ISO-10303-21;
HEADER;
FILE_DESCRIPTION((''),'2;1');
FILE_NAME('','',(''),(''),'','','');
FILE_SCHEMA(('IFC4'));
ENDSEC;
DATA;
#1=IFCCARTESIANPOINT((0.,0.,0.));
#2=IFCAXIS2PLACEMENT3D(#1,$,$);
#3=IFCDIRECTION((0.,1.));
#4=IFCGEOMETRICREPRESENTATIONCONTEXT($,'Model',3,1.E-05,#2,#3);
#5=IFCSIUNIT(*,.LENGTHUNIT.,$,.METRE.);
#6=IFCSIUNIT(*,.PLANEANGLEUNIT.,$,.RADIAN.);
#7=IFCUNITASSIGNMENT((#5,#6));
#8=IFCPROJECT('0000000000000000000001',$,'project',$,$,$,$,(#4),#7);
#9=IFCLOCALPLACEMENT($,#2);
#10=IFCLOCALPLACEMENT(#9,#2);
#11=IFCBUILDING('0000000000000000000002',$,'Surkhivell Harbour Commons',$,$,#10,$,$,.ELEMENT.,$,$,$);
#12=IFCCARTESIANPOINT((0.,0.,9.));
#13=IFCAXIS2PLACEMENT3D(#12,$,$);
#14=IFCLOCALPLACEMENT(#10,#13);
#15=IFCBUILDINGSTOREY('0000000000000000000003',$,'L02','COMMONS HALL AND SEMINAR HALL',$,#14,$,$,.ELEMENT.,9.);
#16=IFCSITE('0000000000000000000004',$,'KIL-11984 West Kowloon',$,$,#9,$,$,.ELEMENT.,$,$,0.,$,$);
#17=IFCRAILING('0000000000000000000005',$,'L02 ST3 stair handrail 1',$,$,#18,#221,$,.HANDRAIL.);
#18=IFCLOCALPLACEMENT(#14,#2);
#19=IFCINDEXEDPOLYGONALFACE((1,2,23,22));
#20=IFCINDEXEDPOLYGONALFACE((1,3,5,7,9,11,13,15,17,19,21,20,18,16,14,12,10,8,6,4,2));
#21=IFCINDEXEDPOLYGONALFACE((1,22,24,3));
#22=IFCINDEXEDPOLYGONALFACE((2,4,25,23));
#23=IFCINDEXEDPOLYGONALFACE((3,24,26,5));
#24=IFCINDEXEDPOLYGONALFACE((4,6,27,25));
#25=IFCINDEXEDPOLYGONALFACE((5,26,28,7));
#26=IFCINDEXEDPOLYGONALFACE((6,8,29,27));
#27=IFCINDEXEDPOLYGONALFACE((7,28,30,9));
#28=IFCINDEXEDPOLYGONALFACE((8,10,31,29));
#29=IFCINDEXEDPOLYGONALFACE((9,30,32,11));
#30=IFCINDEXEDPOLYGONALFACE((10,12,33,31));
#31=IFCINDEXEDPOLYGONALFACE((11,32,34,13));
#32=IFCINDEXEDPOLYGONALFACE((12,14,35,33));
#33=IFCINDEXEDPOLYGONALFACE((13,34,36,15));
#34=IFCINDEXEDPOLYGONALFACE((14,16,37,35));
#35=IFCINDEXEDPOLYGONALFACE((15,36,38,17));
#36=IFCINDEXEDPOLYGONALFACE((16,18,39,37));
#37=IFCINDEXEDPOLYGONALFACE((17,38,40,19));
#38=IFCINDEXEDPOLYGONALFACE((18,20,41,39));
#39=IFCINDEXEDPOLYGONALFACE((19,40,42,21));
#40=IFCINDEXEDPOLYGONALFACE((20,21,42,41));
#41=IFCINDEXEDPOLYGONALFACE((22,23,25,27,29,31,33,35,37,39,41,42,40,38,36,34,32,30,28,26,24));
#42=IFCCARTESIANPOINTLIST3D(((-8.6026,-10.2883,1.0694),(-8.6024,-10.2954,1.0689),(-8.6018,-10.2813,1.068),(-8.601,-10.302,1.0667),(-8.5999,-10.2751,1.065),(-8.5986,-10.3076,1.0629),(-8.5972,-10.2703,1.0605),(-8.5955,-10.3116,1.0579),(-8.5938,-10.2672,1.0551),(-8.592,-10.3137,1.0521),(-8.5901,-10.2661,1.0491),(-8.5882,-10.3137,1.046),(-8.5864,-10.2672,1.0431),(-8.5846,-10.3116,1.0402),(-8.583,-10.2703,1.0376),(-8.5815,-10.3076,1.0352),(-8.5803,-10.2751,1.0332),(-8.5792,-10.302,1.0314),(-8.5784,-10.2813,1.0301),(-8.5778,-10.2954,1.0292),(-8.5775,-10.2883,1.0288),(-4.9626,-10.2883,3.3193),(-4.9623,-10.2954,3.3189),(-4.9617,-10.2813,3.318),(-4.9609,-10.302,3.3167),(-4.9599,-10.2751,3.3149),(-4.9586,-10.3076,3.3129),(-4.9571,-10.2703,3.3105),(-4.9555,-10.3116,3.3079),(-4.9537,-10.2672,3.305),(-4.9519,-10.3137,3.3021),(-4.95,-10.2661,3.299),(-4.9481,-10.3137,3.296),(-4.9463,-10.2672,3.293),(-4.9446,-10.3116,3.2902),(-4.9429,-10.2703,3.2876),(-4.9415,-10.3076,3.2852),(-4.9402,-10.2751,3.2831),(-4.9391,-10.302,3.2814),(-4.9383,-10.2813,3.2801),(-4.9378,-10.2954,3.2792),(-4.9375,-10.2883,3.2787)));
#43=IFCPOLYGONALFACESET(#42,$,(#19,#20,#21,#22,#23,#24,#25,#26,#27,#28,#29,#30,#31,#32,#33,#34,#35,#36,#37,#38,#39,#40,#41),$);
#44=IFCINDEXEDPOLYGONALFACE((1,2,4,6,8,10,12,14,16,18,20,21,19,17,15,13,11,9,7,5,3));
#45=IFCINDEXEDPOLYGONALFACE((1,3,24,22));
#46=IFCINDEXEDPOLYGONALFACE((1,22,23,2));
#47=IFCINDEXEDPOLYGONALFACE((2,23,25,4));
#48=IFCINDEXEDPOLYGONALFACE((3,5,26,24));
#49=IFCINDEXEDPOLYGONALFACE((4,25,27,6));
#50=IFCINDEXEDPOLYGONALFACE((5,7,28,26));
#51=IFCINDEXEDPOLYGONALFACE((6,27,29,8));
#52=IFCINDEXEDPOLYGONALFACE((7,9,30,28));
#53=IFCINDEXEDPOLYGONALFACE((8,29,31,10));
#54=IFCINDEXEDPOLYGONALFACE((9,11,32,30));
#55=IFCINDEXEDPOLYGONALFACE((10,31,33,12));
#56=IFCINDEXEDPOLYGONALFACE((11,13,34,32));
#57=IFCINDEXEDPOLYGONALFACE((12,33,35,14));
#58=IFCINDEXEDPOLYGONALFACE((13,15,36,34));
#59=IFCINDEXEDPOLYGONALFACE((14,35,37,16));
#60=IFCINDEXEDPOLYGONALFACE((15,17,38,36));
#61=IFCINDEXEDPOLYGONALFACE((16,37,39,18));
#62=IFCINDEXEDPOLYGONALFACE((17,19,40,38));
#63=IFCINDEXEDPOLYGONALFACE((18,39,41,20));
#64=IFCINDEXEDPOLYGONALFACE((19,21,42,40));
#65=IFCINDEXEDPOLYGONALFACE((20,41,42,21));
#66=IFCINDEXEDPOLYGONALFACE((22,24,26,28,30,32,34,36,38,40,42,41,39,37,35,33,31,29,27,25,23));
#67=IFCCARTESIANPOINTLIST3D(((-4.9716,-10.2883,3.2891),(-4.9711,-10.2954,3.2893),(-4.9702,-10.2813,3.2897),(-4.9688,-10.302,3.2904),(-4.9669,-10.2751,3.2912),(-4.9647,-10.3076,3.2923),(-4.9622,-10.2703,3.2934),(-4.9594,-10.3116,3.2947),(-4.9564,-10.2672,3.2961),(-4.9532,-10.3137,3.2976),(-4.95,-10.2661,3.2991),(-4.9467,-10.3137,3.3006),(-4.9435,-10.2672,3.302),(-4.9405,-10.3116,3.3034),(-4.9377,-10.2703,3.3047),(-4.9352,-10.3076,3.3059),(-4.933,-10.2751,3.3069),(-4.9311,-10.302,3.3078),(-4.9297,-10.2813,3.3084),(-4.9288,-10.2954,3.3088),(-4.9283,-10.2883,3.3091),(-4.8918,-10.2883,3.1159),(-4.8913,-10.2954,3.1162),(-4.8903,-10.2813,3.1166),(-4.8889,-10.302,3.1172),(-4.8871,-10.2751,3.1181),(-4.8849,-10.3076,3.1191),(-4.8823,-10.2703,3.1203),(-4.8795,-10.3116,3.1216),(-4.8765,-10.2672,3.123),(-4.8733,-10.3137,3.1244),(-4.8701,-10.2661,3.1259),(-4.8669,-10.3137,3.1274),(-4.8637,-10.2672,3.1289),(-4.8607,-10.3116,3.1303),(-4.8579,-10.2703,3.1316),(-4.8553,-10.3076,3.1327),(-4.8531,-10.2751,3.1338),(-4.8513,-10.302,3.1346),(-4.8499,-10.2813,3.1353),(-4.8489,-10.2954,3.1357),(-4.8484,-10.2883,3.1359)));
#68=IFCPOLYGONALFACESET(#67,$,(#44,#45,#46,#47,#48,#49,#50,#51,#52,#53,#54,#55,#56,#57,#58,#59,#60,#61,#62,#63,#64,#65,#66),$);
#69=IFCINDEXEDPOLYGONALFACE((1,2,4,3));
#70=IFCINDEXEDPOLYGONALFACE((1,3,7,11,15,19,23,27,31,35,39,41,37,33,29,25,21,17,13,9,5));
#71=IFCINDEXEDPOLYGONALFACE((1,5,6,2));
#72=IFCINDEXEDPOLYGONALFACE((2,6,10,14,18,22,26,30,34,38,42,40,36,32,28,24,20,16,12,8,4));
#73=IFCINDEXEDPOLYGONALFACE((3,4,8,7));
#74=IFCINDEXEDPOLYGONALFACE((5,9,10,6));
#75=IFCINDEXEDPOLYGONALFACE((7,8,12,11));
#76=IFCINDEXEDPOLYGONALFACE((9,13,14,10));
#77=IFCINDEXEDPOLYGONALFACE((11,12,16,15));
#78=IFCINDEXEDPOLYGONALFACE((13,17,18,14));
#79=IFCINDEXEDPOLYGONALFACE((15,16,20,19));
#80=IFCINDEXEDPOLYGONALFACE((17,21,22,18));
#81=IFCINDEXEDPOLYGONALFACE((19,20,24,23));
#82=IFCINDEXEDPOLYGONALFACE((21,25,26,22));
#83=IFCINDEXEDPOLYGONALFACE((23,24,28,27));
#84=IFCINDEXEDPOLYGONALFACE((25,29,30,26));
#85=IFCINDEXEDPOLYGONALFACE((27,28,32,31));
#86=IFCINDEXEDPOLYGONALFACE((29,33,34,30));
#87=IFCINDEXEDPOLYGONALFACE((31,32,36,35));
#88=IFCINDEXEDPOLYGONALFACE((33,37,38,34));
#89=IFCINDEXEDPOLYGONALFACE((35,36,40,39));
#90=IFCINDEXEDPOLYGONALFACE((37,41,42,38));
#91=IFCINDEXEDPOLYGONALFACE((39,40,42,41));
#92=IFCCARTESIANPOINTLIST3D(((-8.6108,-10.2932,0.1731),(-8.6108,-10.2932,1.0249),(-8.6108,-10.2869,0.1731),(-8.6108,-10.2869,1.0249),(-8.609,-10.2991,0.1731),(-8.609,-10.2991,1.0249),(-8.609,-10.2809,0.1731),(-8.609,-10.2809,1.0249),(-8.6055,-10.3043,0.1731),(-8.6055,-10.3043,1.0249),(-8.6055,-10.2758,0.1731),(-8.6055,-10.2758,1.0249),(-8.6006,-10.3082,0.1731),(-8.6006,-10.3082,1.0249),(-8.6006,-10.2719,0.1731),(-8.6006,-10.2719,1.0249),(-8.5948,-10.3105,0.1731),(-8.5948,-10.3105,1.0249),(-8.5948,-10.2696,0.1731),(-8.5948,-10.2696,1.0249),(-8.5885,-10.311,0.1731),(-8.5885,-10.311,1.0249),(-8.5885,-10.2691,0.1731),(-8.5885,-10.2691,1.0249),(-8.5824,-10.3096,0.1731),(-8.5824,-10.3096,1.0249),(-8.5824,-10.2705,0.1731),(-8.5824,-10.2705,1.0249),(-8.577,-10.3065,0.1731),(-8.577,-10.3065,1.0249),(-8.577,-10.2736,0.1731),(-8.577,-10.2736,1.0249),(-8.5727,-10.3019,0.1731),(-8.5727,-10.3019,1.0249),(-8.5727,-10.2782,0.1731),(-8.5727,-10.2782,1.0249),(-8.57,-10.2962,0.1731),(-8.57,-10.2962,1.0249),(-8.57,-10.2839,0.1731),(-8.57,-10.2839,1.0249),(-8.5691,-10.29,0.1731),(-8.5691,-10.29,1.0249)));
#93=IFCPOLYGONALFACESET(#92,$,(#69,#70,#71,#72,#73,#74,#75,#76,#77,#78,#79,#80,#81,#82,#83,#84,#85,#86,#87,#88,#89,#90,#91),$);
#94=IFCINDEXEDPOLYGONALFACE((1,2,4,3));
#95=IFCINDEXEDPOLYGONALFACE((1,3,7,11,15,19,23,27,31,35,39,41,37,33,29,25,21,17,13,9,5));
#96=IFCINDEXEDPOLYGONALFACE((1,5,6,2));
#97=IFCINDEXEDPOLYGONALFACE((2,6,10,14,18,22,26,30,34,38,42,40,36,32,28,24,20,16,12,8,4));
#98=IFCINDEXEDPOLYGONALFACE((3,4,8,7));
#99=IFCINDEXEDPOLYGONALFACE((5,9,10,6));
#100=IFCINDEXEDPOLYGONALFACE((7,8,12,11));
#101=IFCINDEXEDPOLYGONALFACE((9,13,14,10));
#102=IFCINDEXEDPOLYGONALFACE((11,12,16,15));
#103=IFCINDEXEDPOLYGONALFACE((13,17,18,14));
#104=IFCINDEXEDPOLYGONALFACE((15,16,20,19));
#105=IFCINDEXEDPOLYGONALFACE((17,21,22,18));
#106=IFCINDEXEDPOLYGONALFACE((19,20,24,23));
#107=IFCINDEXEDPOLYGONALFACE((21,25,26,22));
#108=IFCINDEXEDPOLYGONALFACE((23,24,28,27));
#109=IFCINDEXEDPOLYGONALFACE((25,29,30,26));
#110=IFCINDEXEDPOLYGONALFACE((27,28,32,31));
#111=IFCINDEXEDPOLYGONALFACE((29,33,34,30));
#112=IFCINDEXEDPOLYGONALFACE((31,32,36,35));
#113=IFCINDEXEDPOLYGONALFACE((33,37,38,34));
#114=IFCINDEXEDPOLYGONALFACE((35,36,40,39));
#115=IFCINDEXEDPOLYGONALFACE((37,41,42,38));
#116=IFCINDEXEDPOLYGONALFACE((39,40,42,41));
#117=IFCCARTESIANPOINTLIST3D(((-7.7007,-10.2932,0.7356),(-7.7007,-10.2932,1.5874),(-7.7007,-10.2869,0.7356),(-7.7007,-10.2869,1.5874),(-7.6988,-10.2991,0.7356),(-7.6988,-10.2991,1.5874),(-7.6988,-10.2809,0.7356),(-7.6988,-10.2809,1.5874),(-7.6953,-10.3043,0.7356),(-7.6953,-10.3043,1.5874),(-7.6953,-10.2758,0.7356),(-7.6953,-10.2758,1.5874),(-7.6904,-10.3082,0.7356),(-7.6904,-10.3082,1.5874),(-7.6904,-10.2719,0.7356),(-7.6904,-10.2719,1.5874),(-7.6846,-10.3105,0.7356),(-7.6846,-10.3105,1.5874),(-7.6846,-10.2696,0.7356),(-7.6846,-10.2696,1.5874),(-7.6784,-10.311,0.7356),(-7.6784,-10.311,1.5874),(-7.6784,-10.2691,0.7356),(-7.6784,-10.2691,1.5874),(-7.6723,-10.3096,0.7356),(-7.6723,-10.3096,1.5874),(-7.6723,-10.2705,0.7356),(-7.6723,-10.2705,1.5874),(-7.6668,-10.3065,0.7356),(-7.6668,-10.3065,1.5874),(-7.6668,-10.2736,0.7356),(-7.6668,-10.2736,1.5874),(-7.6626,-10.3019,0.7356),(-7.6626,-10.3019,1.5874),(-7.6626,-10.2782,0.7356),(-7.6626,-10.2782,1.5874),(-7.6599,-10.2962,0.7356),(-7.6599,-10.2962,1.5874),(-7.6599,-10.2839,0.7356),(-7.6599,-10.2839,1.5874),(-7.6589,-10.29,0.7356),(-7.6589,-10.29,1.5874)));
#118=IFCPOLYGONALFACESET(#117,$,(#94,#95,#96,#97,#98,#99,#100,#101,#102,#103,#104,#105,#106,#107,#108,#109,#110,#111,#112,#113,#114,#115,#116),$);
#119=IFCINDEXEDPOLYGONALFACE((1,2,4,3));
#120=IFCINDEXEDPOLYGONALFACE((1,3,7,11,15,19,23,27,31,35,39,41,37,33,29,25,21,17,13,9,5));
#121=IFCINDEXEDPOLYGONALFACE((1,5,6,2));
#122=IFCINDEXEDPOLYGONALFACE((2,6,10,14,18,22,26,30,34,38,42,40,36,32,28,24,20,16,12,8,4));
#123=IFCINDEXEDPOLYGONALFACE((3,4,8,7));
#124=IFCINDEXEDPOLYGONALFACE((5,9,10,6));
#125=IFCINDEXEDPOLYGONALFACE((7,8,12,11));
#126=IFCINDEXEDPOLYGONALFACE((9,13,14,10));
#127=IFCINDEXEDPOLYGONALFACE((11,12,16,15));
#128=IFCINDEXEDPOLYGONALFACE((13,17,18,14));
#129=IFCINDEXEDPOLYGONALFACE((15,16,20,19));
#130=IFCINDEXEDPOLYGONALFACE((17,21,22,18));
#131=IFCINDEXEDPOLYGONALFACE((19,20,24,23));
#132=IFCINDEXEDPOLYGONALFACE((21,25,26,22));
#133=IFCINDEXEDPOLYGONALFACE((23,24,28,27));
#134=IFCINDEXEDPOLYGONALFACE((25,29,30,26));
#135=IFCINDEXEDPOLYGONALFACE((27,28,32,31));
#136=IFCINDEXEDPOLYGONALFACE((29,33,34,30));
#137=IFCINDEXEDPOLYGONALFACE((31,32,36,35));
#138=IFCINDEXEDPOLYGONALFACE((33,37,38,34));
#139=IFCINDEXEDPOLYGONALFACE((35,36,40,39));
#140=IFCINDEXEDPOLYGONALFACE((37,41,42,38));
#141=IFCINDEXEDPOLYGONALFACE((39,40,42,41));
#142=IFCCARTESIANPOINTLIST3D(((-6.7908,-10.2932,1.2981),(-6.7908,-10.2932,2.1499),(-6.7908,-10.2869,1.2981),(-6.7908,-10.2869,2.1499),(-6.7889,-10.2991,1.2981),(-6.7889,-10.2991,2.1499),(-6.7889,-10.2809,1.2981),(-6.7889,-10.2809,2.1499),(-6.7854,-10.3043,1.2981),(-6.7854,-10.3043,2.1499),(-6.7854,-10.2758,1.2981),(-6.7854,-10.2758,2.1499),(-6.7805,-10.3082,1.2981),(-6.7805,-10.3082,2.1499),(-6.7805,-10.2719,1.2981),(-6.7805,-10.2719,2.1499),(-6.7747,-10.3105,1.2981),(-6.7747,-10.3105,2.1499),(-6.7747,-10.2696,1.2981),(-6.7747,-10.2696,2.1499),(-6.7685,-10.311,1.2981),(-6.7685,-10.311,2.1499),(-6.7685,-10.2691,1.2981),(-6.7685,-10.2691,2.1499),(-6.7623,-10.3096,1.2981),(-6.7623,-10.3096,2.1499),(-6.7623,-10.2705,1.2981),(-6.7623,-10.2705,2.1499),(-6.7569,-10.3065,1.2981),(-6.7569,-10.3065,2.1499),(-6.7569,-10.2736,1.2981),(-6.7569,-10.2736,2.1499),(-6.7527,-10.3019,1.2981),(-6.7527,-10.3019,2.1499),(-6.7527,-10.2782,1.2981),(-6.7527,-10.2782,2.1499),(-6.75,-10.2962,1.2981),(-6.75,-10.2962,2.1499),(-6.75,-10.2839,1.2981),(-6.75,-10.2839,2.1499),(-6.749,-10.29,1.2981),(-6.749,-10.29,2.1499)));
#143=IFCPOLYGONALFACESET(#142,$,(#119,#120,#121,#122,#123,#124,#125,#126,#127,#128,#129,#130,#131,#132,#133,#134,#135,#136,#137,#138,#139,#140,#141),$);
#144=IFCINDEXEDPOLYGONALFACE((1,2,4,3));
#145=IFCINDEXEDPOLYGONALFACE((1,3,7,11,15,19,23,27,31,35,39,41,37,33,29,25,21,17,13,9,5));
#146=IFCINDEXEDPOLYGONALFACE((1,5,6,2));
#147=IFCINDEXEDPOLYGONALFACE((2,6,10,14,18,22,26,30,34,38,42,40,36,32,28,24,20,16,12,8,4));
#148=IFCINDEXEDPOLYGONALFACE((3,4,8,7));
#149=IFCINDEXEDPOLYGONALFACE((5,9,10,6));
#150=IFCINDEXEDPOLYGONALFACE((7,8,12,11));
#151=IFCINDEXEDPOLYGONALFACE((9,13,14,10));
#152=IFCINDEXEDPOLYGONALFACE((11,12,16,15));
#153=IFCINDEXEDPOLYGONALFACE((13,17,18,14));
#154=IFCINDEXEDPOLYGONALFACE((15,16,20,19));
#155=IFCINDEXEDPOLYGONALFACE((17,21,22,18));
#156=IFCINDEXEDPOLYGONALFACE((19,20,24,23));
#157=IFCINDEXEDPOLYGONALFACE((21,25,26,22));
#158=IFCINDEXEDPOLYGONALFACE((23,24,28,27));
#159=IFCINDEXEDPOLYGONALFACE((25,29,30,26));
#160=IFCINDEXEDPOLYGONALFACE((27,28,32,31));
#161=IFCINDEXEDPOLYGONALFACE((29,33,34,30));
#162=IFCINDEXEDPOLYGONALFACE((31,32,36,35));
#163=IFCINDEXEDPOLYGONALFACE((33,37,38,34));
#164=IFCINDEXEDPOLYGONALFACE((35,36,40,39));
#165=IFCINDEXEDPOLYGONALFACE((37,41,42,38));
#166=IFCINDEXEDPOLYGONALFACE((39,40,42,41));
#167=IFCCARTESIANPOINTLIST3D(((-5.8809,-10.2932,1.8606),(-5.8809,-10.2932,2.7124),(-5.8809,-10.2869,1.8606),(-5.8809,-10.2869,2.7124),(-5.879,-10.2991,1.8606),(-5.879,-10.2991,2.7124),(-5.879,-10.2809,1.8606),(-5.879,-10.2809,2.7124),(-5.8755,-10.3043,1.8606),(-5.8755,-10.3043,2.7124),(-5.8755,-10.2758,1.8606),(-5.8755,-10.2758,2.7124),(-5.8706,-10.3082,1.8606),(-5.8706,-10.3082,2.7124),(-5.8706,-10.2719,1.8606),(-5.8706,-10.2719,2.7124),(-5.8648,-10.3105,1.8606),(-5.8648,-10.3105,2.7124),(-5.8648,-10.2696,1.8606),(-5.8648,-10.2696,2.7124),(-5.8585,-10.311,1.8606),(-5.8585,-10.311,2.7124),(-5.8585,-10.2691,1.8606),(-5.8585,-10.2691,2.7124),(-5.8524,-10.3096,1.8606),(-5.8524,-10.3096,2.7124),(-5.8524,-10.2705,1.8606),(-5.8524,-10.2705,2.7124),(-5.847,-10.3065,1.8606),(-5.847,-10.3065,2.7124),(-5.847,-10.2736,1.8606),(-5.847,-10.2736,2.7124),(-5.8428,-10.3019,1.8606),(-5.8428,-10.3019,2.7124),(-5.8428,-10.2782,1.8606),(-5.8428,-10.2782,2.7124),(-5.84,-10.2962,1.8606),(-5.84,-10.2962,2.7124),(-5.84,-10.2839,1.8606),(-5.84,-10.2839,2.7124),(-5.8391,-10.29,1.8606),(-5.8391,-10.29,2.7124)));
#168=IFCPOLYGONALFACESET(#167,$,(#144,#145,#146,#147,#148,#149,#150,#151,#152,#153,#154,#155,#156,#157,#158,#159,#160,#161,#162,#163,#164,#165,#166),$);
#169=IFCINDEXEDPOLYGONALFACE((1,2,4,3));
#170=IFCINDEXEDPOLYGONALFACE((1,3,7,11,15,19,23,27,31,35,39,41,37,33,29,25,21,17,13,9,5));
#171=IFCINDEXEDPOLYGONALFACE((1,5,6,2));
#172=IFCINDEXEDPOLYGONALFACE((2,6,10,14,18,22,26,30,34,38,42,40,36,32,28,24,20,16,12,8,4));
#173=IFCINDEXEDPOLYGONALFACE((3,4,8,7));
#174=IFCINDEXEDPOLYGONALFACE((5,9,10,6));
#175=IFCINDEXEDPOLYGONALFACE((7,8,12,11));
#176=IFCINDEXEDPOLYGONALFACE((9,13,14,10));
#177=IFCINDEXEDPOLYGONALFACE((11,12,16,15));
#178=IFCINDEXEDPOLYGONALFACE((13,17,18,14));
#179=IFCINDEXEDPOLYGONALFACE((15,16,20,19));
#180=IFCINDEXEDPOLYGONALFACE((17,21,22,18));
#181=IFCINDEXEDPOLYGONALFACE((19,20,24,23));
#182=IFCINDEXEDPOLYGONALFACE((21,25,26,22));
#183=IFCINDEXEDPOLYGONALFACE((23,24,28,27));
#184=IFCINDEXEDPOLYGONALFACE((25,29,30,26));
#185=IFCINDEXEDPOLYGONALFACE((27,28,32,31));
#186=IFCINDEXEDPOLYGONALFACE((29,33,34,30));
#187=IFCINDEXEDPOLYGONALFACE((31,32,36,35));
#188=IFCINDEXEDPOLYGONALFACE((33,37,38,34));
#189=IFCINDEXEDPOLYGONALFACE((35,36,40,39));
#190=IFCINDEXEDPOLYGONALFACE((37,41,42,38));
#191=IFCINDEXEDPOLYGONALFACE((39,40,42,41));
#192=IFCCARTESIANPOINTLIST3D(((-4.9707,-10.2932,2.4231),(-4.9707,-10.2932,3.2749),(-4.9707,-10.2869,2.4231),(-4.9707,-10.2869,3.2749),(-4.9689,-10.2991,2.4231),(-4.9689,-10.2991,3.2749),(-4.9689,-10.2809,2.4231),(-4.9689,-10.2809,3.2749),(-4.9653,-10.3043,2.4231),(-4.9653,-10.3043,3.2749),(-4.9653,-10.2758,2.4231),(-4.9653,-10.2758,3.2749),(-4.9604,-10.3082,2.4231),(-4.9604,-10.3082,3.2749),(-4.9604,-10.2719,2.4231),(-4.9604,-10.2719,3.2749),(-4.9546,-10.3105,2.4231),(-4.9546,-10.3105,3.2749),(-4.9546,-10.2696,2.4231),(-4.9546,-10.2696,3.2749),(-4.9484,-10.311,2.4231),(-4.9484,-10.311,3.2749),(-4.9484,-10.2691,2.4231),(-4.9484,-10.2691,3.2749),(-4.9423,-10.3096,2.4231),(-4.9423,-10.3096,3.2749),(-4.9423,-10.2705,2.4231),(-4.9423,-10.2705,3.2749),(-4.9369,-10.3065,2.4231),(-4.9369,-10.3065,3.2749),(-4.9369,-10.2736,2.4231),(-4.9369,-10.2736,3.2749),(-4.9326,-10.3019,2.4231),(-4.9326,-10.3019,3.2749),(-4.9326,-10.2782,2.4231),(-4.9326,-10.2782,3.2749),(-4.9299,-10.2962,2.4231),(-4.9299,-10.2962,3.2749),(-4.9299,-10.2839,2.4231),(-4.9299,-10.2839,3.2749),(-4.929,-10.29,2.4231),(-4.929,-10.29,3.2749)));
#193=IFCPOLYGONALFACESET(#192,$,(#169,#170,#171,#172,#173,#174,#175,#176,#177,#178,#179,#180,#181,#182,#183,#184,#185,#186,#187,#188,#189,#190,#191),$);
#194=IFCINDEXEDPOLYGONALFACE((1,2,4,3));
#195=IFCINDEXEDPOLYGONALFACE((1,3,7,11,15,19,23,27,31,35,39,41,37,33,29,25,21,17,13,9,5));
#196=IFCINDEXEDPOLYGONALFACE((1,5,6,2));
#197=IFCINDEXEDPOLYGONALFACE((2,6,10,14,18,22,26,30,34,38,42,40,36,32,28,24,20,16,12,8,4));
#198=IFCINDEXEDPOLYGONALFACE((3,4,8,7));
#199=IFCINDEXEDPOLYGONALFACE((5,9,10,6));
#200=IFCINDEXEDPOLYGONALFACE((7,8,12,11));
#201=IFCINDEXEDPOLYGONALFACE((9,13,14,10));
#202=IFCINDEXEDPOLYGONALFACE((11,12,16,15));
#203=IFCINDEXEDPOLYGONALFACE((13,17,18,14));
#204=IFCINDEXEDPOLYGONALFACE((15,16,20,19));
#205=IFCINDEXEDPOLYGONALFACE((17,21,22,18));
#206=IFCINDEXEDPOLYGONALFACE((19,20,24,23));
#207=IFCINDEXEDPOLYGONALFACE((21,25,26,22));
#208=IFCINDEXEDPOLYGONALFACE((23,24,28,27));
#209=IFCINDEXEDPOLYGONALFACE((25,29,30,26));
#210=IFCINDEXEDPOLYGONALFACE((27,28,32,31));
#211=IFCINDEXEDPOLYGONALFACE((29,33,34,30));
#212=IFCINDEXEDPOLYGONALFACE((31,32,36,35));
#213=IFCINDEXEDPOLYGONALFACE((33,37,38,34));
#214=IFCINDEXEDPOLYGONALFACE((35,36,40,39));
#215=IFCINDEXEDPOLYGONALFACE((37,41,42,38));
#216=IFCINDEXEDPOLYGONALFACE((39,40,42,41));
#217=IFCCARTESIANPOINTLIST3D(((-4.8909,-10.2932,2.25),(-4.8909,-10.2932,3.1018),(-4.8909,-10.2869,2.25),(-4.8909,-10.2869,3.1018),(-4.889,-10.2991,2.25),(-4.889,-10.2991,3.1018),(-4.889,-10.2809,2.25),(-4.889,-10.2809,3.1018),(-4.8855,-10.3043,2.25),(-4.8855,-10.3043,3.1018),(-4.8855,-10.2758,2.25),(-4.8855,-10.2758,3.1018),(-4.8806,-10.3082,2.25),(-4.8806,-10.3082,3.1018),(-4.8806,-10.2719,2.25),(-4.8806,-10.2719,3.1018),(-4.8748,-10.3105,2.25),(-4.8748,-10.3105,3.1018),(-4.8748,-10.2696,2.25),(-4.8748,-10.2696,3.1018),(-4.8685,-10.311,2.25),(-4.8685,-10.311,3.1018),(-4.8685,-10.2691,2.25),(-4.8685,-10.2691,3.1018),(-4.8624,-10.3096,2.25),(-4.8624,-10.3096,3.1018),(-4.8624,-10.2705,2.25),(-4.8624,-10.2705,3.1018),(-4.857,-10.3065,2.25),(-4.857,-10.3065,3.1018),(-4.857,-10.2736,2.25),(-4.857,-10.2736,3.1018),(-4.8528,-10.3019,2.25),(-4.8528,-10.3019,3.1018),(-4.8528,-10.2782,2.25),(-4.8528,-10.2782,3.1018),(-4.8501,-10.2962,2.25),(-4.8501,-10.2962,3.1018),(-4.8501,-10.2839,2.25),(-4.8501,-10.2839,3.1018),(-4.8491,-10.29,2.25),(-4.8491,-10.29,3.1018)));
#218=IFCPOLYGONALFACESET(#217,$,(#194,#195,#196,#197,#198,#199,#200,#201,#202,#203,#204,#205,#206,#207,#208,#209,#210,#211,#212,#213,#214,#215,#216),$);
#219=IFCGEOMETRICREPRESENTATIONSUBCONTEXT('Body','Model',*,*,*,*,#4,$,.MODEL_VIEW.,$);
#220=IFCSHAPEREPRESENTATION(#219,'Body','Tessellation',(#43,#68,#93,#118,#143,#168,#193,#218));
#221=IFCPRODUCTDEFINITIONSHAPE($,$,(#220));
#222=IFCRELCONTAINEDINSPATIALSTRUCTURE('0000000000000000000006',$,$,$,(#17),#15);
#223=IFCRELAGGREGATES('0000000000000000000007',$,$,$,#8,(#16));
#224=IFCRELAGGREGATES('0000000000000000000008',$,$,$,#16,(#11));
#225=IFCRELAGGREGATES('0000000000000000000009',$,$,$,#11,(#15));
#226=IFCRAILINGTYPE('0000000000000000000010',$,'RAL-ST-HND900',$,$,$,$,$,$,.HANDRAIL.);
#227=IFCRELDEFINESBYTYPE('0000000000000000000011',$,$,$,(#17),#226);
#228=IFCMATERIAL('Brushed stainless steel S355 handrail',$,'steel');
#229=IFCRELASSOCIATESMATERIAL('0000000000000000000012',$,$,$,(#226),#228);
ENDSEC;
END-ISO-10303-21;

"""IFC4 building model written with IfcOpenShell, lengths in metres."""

from ifc_helpers import new_model, si_unit, direction, frame, origin, origin_2d, place, context, subcontext, project, spatial, circle, extrude, material, type_object, element, save


model = new_model("IFC4")

# Units and contexts
model_context = context("Model", 3, precision=1e-05, world=origin(), true_north=direction((0.0, 1.0)))
body_context = subcontext(model_context, "Body", "Model", "MODEL_VIEW")
ifc_project = project(units=[si_unit("LENGTHUNIT", "METRE"), si_unit("PLANEANGLEUNIT", "RADIAN")], contexts=[model_context])

# Site, building, storey
site_placement = place(None, origin())
site = spatial("IfcSite", under=ifc_project, at=site_placement, Name="KIL-11984 West Kowloon", CompositionType="ELEMENT", RefElevation=0.0)
building_placement = place(site_placement, origin())
building = spatial("IfcBuilding", under=site, at=building_placement, Name="Surkhivell Harbour Commons", CompositionType="ELEMENT")
storey_placement = place(building_placement, frame((0.0, 0.0, 9.0)))
storey = spatial("IfcBuildingStorey", under=building, at=storey_placement, Name="L02", Description="COMMONS HALL AND SEMINAR HALL", CompositionType="ELEMENT", Elevation=9.0)

# Railing
ifc_material_1 = material(Name="Brushed stainless steel S355 handrail", Category="steel")
railing_type_1 = type_object("IfcRailingType", Name="RAL-ST-HND900", PredefinedType="HANDRAIL", material=ifc_material_1)
railing_1_placement = place(storey_placement, frame((-8.5901, -10.29, 0.1731)))
element("IfcRailing", 1, at=railing_1_placement, inside=storey, type_object=railing_type_1, Name="L02 ST3 stair handrail 1", PredefinedType="HANDRAIL", context=body_context, shape_type="SweptSolid", body=[
    extrude(circle(Radius=0.0239, at=origin_2d()), frame((0.0, 0.0, 0.876), z_axis=(0.850622, 0.0, 0.525777), x_axis=(0.0, 1.0, 0.0)), (0.0, 0.0, 1.0), 4.2793),
    extrude(circle(Radius=0.0239, at=origin_2d()), frame((3.6401, 0.0, 3.126), z_axis=(0.418815, 0.0, -0.908072), x_axis=(0.0, 1.0, 0.0)), (0.0, 0.0, 1.0), 0.1907),
    extrude(circle(Radius=0.021, at=origin_2d()), origin(), (0.0, 0.0, 1.0), 0.8518),
    extrude(circle(Radius=0.021, at=origin_2d()), frame((0.9102, 0.0, 0.5625)), (0.0, 0.0, 1.0), 0.8518),
    extrude(circle(Radius=0.021, at=origin_2d()), frame((1.8201, 0.0, 1.125)), (0.0, 0.0, 1.0), 0.8518),
    extrude(circle(Radius=0.021, at=origin_2d()), frame((2.73, 0.0, 1.6875)), (0.0, 0.0, 1.0), 0.8518),
    extrude(circle(Radius=0.021, at=origin_2d()), frame((3.6401, 0.0, 2.25)), (0.0, 0.0, 1.0), 0.8518),
    extrude(circle(Radius=0.021, at=origin_2d()), frame((3.72, 0.0, 2.0769)), (0.0, 0.0, 1.0), 0.8518),
])

save(model, "model.ifc")
